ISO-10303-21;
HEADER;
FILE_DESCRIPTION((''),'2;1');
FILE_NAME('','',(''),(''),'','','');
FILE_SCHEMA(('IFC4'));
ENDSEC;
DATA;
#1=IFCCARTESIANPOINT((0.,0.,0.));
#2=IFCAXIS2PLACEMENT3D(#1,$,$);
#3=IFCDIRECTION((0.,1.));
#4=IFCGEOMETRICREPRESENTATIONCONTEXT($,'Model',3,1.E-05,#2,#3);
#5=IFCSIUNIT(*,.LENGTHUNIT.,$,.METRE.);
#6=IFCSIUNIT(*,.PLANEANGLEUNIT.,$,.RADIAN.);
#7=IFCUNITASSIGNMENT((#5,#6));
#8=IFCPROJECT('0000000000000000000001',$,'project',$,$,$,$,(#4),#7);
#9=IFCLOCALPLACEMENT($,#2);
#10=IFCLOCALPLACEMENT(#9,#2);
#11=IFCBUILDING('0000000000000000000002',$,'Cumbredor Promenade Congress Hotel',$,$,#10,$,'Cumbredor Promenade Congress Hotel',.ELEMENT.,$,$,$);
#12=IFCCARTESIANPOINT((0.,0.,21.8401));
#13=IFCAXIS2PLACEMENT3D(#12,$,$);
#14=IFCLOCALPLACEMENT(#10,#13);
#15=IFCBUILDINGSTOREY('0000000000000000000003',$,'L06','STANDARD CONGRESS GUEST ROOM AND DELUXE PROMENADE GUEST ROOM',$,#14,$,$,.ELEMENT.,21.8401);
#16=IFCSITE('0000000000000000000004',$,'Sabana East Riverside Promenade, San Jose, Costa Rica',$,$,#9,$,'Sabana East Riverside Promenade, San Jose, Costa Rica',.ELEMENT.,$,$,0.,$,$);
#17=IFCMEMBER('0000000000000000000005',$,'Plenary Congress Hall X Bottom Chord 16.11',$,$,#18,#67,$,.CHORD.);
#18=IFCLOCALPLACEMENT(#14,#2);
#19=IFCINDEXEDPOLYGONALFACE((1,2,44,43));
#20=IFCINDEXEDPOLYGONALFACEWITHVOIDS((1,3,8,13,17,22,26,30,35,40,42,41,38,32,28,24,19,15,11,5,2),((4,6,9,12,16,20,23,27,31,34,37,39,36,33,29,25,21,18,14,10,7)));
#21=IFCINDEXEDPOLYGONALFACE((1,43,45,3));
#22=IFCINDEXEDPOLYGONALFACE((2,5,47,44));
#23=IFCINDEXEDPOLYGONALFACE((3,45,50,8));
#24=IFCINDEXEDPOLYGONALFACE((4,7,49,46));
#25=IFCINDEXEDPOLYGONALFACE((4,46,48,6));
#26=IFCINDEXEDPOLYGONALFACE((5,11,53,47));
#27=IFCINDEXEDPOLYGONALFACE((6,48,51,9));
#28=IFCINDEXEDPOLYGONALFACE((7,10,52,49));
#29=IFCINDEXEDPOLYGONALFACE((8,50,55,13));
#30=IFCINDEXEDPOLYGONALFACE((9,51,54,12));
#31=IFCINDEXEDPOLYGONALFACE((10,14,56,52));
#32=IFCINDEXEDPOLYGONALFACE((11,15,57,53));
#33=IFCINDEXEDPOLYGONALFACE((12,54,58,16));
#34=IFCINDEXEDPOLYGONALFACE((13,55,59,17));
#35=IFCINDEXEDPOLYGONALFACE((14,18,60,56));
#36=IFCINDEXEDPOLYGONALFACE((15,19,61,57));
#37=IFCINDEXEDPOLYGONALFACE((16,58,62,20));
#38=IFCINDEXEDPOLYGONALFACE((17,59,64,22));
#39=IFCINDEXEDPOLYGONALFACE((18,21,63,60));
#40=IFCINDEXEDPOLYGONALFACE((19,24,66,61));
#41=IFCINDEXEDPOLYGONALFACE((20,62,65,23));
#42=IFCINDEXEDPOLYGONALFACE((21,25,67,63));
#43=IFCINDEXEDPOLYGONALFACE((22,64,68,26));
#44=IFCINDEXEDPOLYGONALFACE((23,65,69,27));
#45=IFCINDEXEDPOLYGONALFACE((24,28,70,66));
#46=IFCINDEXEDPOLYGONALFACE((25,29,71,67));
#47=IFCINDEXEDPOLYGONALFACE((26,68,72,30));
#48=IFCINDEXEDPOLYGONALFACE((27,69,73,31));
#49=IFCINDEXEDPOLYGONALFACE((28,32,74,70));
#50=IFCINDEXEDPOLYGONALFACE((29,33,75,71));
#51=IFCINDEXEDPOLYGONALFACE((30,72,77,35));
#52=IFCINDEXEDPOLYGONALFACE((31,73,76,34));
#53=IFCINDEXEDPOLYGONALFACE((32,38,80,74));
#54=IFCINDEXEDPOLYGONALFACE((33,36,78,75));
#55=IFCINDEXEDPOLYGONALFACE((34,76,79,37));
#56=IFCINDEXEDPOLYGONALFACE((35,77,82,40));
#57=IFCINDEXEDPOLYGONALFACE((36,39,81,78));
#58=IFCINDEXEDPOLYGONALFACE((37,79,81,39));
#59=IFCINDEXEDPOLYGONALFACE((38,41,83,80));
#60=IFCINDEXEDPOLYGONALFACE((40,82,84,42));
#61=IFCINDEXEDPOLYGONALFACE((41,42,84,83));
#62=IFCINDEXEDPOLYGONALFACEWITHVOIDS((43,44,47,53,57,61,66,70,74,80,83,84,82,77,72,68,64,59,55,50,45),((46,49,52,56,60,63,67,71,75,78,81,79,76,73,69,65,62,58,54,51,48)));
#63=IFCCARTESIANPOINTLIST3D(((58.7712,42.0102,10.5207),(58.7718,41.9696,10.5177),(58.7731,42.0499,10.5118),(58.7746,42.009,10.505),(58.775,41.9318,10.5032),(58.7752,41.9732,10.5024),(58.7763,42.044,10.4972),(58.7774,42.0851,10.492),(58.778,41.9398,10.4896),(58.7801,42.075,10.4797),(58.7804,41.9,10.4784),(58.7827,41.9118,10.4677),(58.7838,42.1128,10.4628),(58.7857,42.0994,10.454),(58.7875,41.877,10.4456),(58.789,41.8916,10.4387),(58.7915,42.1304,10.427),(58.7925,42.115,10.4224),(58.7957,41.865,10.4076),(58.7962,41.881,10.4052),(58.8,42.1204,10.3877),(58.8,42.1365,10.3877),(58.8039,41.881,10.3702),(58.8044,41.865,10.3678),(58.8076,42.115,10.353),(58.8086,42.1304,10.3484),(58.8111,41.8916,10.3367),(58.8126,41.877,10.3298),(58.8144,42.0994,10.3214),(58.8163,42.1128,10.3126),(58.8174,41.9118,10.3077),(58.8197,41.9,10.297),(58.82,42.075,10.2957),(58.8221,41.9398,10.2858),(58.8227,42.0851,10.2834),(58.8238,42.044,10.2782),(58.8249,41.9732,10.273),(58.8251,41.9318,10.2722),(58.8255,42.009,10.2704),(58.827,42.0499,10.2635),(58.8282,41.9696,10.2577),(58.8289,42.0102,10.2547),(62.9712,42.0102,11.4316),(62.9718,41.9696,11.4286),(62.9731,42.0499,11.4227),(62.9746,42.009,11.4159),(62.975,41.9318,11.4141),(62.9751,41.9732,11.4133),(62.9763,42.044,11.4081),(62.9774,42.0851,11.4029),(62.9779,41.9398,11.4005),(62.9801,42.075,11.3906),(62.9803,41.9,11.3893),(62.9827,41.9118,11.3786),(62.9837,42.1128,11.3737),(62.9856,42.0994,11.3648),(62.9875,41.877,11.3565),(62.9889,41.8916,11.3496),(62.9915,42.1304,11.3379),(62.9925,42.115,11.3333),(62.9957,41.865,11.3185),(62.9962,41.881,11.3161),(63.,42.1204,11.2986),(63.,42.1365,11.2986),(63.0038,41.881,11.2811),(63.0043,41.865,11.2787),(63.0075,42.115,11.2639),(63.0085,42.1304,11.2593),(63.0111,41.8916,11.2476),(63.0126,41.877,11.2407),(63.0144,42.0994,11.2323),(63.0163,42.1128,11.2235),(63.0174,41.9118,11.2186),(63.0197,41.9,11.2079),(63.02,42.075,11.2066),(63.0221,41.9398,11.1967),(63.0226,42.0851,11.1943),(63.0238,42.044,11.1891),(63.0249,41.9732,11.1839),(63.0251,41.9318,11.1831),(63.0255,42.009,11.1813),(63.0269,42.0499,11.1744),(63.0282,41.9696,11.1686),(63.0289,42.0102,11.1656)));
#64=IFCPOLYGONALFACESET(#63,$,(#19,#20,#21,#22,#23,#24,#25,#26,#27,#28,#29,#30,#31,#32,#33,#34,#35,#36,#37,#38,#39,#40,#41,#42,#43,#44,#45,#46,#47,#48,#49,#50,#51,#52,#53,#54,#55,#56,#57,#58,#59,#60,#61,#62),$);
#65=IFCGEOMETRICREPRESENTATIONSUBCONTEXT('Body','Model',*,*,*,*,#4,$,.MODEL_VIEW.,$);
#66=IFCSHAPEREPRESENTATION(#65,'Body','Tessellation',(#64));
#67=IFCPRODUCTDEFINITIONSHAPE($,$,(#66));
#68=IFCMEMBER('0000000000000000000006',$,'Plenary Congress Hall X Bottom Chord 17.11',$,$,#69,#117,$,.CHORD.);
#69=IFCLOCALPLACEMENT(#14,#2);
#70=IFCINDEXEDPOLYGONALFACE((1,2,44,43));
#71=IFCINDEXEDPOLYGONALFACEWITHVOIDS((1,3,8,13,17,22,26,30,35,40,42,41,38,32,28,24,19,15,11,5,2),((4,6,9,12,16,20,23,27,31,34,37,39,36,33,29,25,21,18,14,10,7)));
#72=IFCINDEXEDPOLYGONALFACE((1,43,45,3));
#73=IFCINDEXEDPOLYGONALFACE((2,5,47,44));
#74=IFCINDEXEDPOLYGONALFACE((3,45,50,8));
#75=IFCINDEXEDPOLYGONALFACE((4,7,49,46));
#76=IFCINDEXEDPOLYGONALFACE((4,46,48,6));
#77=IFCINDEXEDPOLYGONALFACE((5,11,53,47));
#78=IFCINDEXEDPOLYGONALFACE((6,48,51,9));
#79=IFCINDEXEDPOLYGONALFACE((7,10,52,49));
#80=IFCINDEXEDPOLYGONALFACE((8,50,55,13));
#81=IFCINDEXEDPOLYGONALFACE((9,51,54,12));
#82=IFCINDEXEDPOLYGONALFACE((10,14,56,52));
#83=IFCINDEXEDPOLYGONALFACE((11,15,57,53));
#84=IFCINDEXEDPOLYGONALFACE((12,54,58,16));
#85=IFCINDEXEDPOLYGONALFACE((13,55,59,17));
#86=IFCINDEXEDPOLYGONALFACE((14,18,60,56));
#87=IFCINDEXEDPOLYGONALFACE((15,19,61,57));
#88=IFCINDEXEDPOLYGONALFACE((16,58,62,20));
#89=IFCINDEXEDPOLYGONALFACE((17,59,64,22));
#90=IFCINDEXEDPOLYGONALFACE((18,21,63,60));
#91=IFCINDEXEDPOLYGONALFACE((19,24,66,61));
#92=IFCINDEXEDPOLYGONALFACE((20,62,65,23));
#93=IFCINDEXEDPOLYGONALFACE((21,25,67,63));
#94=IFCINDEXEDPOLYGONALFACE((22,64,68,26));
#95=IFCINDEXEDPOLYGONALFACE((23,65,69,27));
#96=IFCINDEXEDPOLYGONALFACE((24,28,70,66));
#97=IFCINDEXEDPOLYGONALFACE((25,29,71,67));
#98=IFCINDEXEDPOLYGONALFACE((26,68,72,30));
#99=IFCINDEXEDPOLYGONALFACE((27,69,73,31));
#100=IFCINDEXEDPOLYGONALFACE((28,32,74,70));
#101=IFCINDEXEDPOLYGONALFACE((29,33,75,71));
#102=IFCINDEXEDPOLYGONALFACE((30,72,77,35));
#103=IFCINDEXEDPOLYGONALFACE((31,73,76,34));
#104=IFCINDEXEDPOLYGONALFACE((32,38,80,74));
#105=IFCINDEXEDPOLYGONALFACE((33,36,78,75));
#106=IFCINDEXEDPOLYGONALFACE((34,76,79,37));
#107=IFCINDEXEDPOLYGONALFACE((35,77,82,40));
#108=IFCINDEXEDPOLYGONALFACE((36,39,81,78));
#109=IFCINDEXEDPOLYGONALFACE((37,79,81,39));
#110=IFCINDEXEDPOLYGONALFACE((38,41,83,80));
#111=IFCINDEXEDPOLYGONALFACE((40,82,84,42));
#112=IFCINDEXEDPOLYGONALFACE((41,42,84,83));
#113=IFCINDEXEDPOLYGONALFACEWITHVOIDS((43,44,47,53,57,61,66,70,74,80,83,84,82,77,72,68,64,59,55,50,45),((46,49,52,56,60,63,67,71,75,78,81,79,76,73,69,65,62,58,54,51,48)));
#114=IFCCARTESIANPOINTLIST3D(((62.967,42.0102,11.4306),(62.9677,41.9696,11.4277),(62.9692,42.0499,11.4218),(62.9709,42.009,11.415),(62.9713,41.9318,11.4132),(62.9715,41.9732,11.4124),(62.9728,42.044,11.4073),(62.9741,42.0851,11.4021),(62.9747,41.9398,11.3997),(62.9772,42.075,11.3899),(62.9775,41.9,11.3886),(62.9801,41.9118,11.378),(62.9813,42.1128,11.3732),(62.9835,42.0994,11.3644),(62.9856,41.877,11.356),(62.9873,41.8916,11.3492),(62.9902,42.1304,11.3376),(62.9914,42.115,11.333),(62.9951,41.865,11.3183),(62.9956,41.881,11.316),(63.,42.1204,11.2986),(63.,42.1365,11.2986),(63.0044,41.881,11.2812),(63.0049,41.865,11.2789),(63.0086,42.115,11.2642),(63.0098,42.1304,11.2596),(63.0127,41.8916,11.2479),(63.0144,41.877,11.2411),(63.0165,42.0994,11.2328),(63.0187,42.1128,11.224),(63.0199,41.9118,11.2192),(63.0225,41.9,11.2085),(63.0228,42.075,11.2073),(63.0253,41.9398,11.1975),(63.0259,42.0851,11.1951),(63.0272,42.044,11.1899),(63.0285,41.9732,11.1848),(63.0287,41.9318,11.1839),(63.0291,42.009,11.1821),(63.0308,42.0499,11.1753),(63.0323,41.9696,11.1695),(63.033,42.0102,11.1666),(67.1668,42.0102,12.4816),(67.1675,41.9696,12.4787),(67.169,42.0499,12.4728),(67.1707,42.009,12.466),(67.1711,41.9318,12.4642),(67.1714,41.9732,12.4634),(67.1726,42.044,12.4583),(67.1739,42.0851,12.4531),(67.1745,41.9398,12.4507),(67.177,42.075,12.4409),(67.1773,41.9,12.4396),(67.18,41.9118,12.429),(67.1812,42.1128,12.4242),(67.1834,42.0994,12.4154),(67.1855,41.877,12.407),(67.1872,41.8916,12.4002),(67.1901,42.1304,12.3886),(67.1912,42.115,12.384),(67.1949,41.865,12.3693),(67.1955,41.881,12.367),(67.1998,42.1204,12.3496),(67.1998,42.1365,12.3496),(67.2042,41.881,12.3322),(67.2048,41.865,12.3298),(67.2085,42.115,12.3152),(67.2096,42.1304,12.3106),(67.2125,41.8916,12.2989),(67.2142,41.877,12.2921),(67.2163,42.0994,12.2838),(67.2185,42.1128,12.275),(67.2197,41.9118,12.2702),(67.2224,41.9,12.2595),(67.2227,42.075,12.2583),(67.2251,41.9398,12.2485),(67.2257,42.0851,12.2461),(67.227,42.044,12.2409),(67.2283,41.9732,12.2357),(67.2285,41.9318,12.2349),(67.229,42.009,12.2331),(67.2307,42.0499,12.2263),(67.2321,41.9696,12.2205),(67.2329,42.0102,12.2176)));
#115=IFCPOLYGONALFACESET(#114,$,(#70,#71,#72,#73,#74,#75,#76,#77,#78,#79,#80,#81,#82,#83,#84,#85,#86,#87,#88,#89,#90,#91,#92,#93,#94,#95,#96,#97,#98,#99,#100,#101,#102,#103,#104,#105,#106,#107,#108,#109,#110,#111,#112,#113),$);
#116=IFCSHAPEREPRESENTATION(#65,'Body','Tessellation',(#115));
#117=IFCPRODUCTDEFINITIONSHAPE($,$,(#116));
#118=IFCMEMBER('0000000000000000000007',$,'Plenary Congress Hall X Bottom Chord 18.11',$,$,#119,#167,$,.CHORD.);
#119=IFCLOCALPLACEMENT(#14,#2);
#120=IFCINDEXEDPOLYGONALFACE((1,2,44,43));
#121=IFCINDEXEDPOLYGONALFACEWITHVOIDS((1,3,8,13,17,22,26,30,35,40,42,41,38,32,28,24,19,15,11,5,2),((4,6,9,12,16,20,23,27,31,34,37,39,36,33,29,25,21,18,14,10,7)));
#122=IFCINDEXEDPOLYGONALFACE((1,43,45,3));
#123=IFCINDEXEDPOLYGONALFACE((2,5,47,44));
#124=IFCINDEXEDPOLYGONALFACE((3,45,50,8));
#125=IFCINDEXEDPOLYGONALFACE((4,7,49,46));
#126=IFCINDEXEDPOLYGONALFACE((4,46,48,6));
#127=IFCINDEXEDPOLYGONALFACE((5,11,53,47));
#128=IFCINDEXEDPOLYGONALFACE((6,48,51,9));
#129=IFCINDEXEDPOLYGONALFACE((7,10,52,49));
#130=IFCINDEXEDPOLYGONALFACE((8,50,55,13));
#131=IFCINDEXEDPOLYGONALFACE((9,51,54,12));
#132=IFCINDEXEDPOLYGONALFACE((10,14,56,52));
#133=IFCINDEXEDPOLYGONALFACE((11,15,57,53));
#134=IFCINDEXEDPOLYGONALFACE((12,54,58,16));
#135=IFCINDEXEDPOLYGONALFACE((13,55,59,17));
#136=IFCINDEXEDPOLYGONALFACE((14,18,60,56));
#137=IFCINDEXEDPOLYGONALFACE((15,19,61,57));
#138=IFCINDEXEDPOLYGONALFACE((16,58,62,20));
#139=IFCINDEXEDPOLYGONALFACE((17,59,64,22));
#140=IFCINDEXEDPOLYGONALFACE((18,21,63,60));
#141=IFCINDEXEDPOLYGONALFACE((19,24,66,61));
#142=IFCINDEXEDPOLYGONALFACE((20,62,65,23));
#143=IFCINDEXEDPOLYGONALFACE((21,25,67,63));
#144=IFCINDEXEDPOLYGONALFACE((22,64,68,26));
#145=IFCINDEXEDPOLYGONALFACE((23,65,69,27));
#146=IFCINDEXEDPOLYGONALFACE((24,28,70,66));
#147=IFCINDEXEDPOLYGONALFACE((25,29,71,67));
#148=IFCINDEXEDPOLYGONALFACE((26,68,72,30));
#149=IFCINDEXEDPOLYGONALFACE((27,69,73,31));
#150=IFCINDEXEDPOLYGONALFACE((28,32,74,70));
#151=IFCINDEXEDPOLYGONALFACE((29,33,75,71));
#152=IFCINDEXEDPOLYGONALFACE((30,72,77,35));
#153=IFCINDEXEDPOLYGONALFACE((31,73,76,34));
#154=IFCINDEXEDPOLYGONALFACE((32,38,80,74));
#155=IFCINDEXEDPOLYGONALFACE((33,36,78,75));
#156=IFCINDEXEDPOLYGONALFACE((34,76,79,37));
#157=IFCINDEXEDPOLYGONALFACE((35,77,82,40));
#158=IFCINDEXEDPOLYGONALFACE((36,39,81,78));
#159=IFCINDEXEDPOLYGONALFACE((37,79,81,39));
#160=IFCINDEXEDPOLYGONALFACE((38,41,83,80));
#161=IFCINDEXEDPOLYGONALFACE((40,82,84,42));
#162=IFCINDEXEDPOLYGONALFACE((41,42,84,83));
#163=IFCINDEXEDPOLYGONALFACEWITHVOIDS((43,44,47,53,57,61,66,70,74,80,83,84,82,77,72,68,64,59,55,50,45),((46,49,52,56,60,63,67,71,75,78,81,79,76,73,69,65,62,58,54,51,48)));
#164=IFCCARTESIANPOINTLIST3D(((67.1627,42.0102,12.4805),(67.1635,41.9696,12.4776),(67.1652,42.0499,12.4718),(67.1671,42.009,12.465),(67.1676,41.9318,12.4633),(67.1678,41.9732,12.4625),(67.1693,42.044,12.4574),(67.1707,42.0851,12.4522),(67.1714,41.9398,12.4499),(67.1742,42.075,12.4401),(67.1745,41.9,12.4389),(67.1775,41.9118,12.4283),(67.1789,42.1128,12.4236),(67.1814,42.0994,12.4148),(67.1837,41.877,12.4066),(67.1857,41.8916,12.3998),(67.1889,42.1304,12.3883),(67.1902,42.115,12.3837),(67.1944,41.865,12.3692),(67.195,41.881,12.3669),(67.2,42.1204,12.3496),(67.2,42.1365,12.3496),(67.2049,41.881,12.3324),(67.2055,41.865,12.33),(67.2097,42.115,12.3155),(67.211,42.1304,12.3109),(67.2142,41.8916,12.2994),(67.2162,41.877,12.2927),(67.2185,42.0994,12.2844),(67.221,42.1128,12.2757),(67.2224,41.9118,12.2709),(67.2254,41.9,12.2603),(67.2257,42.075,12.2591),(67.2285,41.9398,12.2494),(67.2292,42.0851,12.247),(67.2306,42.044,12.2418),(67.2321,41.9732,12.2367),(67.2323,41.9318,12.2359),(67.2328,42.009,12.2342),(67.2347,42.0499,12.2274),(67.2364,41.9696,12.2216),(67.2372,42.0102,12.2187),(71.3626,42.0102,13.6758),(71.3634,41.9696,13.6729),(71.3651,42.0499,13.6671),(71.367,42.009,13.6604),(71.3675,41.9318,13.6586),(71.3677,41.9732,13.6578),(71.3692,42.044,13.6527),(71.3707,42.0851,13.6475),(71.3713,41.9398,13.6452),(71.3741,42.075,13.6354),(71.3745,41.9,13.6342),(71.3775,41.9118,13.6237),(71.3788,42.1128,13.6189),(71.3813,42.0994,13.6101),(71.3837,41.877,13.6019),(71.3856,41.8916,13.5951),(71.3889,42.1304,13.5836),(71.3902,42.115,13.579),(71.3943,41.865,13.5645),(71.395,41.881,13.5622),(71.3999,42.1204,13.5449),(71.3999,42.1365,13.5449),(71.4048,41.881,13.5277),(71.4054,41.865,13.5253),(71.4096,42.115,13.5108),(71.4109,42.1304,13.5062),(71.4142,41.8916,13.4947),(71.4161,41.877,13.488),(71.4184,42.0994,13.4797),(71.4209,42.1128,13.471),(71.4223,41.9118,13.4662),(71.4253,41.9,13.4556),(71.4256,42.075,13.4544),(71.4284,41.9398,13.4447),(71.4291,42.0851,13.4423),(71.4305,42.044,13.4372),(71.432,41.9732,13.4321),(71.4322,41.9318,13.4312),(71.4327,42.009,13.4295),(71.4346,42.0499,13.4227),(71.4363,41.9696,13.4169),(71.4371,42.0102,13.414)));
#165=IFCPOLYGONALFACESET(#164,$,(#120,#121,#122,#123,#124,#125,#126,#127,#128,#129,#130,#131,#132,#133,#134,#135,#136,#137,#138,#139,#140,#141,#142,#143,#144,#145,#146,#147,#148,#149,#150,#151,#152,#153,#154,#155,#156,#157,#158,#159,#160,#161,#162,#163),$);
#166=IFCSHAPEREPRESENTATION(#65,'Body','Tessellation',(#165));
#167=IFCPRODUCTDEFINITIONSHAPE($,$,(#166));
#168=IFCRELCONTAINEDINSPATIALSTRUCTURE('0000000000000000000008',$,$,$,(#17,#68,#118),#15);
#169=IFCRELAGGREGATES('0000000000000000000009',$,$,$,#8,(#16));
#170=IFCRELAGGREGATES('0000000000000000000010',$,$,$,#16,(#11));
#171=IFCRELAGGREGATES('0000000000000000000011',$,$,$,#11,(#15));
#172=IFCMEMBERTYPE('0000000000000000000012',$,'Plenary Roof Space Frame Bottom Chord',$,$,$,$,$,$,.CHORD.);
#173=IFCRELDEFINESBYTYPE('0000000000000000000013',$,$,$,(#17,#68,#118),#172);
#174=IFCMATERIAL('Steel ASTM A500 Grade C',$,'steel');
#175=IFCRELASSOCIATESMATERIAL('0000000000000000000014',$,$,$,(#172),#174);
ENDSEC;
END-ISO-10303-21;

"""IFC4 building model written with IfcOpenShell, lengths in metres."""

from ifc_helpers import new_model, si_unit, direction, frame, origin, origin_2d, place, context, subcontext, project, spatial, hollow_circle, extrude, material, material_profile, profile_set, type_object, element, save


model = new_model("IFC4")

# Units and contexts
model_context = context("Model", 3, precision=1e-05, world=origin(), true_north=direction((0.0, 1.0)))
body_context = subcontext(model_context, "Body", "Model", "MODEL_VIEW")
ifc_project = project(units=[si_unit("LENGTHUNIT", "METRE"), si_unit("PLANEANGLEUNIT", "RADIAN")], contexts=[model_context])

# Site, building, storey
site_placement = place(None, origin())
site = spatial("IfcSite", under=ifc_project, at=site_placement, Name="Sabana East Riverside Promenade, San Jose, Costa Rica", LongName="Sabana East Riverside Promenade, San Jose, Costa Rica", CompositionType="ELEMENT", RefElevation=0.0)
building_placement = place(site_placement, origin())
building = spatial("IfcBuilding", under=site, at=building_placement, Name="Cumbredor Promenade Congress Hotel", LongName="Cumbredor Promenade Congress Hotel", CompositionType="ELEMENT")
storey_placement = place(building_placement, frame((0.0, 0.0, 21.8401)))
storey = spatial("IfcBuildingStorey", under=building, at=storey_placement, Name="L06", Description="STANDARD CONGRESS GUEST ROOM AND DELUXE PROMENADE GUEST ROOM", CompositionType="ELEMENT", Elevation=21.8401)

# Members
ifc_material_1 = material(Name="Steel ASTM A500 Grade C", Category="steel")
ifc_material_profile_1 = material_profile(ifc_material_1, hollow_circle(Radius=0.1365, WallThickness=0.0161, at=origin_2d()), Name="CHS 273.0x16")
ifc_profile_set_1 = profile_set([ifc_material_profile_1], Name="Steel ASTM A500 Grade C")
member_type_1 = type_object("IfcMemberType", Name="Plenary Roof Space Frame Bottom Chord", PredefinedType="CHORD", material=ifc_profile_set_1)
member_1_placement = place(storey_placement, frame((58.8, 42.0, 10.3877), z_axis=(0.97728, 0.0, 0.211953), x_axis=(0.0, 1.0, 0.0)))
element("IfcMember", 1, at=member_1_placement, inside=storey, type_object=member_type_1, Name="Plenary Congress Hall X Bottom Chord 16.11", PredefinedType="CHORD", context=body_context, shape_type="SweptSolid", body=[
    extrude(hollow_circle(Radius=0.1365, WallThickness=0.0161, at=origin_2d()), origin(), (0.0, 0.0, 1.0), 4.2976),
])
member_2_placement = place(storey_placement, frame((63.0, 42.0, 11.2986), z_axis=(0.970086, 0.0, 0.242761), x_axis=(0.0, 1.0, 0.0)))
element("IfcMember", 2, at=member_2_placement, inside=storey, type_object=member_type_1, Name="Plenary Congress Hall X Bottom Chord 17.11", PredefinedType="CHORD", context=body_context, shape_type="SweptSolid", body=[
    extrude(hollow_circle(Radius=0.1365, WallThickness=0.0161, at=origin_2d()), origin(), (0.0, 0.0, 1.0), 4.3293),
])
member_3_placement = place(storey_placement, frame((67.2, 42.0, 12.3496), z_axis=(0.961806, 0.0, 0.273731), x_axis=(0.0, 1.0, 0.0)))
element("IfcMember", 3, at=member_3_placement, inside=storey, type_object=member_type_1, Name="Plenary Congress Hall X Bottom Chord 18.11", PredefinedType="CHORD", context=body_context, shape_type="SweptSolid", body=[
    extrude(hollow_circle(Radius=0.1365, WallThickness=0.0161, at=origin_2d()), origin(), (0.0, 0.0, 1.0), 4.3667),
])

save(model, "model.ifc")
